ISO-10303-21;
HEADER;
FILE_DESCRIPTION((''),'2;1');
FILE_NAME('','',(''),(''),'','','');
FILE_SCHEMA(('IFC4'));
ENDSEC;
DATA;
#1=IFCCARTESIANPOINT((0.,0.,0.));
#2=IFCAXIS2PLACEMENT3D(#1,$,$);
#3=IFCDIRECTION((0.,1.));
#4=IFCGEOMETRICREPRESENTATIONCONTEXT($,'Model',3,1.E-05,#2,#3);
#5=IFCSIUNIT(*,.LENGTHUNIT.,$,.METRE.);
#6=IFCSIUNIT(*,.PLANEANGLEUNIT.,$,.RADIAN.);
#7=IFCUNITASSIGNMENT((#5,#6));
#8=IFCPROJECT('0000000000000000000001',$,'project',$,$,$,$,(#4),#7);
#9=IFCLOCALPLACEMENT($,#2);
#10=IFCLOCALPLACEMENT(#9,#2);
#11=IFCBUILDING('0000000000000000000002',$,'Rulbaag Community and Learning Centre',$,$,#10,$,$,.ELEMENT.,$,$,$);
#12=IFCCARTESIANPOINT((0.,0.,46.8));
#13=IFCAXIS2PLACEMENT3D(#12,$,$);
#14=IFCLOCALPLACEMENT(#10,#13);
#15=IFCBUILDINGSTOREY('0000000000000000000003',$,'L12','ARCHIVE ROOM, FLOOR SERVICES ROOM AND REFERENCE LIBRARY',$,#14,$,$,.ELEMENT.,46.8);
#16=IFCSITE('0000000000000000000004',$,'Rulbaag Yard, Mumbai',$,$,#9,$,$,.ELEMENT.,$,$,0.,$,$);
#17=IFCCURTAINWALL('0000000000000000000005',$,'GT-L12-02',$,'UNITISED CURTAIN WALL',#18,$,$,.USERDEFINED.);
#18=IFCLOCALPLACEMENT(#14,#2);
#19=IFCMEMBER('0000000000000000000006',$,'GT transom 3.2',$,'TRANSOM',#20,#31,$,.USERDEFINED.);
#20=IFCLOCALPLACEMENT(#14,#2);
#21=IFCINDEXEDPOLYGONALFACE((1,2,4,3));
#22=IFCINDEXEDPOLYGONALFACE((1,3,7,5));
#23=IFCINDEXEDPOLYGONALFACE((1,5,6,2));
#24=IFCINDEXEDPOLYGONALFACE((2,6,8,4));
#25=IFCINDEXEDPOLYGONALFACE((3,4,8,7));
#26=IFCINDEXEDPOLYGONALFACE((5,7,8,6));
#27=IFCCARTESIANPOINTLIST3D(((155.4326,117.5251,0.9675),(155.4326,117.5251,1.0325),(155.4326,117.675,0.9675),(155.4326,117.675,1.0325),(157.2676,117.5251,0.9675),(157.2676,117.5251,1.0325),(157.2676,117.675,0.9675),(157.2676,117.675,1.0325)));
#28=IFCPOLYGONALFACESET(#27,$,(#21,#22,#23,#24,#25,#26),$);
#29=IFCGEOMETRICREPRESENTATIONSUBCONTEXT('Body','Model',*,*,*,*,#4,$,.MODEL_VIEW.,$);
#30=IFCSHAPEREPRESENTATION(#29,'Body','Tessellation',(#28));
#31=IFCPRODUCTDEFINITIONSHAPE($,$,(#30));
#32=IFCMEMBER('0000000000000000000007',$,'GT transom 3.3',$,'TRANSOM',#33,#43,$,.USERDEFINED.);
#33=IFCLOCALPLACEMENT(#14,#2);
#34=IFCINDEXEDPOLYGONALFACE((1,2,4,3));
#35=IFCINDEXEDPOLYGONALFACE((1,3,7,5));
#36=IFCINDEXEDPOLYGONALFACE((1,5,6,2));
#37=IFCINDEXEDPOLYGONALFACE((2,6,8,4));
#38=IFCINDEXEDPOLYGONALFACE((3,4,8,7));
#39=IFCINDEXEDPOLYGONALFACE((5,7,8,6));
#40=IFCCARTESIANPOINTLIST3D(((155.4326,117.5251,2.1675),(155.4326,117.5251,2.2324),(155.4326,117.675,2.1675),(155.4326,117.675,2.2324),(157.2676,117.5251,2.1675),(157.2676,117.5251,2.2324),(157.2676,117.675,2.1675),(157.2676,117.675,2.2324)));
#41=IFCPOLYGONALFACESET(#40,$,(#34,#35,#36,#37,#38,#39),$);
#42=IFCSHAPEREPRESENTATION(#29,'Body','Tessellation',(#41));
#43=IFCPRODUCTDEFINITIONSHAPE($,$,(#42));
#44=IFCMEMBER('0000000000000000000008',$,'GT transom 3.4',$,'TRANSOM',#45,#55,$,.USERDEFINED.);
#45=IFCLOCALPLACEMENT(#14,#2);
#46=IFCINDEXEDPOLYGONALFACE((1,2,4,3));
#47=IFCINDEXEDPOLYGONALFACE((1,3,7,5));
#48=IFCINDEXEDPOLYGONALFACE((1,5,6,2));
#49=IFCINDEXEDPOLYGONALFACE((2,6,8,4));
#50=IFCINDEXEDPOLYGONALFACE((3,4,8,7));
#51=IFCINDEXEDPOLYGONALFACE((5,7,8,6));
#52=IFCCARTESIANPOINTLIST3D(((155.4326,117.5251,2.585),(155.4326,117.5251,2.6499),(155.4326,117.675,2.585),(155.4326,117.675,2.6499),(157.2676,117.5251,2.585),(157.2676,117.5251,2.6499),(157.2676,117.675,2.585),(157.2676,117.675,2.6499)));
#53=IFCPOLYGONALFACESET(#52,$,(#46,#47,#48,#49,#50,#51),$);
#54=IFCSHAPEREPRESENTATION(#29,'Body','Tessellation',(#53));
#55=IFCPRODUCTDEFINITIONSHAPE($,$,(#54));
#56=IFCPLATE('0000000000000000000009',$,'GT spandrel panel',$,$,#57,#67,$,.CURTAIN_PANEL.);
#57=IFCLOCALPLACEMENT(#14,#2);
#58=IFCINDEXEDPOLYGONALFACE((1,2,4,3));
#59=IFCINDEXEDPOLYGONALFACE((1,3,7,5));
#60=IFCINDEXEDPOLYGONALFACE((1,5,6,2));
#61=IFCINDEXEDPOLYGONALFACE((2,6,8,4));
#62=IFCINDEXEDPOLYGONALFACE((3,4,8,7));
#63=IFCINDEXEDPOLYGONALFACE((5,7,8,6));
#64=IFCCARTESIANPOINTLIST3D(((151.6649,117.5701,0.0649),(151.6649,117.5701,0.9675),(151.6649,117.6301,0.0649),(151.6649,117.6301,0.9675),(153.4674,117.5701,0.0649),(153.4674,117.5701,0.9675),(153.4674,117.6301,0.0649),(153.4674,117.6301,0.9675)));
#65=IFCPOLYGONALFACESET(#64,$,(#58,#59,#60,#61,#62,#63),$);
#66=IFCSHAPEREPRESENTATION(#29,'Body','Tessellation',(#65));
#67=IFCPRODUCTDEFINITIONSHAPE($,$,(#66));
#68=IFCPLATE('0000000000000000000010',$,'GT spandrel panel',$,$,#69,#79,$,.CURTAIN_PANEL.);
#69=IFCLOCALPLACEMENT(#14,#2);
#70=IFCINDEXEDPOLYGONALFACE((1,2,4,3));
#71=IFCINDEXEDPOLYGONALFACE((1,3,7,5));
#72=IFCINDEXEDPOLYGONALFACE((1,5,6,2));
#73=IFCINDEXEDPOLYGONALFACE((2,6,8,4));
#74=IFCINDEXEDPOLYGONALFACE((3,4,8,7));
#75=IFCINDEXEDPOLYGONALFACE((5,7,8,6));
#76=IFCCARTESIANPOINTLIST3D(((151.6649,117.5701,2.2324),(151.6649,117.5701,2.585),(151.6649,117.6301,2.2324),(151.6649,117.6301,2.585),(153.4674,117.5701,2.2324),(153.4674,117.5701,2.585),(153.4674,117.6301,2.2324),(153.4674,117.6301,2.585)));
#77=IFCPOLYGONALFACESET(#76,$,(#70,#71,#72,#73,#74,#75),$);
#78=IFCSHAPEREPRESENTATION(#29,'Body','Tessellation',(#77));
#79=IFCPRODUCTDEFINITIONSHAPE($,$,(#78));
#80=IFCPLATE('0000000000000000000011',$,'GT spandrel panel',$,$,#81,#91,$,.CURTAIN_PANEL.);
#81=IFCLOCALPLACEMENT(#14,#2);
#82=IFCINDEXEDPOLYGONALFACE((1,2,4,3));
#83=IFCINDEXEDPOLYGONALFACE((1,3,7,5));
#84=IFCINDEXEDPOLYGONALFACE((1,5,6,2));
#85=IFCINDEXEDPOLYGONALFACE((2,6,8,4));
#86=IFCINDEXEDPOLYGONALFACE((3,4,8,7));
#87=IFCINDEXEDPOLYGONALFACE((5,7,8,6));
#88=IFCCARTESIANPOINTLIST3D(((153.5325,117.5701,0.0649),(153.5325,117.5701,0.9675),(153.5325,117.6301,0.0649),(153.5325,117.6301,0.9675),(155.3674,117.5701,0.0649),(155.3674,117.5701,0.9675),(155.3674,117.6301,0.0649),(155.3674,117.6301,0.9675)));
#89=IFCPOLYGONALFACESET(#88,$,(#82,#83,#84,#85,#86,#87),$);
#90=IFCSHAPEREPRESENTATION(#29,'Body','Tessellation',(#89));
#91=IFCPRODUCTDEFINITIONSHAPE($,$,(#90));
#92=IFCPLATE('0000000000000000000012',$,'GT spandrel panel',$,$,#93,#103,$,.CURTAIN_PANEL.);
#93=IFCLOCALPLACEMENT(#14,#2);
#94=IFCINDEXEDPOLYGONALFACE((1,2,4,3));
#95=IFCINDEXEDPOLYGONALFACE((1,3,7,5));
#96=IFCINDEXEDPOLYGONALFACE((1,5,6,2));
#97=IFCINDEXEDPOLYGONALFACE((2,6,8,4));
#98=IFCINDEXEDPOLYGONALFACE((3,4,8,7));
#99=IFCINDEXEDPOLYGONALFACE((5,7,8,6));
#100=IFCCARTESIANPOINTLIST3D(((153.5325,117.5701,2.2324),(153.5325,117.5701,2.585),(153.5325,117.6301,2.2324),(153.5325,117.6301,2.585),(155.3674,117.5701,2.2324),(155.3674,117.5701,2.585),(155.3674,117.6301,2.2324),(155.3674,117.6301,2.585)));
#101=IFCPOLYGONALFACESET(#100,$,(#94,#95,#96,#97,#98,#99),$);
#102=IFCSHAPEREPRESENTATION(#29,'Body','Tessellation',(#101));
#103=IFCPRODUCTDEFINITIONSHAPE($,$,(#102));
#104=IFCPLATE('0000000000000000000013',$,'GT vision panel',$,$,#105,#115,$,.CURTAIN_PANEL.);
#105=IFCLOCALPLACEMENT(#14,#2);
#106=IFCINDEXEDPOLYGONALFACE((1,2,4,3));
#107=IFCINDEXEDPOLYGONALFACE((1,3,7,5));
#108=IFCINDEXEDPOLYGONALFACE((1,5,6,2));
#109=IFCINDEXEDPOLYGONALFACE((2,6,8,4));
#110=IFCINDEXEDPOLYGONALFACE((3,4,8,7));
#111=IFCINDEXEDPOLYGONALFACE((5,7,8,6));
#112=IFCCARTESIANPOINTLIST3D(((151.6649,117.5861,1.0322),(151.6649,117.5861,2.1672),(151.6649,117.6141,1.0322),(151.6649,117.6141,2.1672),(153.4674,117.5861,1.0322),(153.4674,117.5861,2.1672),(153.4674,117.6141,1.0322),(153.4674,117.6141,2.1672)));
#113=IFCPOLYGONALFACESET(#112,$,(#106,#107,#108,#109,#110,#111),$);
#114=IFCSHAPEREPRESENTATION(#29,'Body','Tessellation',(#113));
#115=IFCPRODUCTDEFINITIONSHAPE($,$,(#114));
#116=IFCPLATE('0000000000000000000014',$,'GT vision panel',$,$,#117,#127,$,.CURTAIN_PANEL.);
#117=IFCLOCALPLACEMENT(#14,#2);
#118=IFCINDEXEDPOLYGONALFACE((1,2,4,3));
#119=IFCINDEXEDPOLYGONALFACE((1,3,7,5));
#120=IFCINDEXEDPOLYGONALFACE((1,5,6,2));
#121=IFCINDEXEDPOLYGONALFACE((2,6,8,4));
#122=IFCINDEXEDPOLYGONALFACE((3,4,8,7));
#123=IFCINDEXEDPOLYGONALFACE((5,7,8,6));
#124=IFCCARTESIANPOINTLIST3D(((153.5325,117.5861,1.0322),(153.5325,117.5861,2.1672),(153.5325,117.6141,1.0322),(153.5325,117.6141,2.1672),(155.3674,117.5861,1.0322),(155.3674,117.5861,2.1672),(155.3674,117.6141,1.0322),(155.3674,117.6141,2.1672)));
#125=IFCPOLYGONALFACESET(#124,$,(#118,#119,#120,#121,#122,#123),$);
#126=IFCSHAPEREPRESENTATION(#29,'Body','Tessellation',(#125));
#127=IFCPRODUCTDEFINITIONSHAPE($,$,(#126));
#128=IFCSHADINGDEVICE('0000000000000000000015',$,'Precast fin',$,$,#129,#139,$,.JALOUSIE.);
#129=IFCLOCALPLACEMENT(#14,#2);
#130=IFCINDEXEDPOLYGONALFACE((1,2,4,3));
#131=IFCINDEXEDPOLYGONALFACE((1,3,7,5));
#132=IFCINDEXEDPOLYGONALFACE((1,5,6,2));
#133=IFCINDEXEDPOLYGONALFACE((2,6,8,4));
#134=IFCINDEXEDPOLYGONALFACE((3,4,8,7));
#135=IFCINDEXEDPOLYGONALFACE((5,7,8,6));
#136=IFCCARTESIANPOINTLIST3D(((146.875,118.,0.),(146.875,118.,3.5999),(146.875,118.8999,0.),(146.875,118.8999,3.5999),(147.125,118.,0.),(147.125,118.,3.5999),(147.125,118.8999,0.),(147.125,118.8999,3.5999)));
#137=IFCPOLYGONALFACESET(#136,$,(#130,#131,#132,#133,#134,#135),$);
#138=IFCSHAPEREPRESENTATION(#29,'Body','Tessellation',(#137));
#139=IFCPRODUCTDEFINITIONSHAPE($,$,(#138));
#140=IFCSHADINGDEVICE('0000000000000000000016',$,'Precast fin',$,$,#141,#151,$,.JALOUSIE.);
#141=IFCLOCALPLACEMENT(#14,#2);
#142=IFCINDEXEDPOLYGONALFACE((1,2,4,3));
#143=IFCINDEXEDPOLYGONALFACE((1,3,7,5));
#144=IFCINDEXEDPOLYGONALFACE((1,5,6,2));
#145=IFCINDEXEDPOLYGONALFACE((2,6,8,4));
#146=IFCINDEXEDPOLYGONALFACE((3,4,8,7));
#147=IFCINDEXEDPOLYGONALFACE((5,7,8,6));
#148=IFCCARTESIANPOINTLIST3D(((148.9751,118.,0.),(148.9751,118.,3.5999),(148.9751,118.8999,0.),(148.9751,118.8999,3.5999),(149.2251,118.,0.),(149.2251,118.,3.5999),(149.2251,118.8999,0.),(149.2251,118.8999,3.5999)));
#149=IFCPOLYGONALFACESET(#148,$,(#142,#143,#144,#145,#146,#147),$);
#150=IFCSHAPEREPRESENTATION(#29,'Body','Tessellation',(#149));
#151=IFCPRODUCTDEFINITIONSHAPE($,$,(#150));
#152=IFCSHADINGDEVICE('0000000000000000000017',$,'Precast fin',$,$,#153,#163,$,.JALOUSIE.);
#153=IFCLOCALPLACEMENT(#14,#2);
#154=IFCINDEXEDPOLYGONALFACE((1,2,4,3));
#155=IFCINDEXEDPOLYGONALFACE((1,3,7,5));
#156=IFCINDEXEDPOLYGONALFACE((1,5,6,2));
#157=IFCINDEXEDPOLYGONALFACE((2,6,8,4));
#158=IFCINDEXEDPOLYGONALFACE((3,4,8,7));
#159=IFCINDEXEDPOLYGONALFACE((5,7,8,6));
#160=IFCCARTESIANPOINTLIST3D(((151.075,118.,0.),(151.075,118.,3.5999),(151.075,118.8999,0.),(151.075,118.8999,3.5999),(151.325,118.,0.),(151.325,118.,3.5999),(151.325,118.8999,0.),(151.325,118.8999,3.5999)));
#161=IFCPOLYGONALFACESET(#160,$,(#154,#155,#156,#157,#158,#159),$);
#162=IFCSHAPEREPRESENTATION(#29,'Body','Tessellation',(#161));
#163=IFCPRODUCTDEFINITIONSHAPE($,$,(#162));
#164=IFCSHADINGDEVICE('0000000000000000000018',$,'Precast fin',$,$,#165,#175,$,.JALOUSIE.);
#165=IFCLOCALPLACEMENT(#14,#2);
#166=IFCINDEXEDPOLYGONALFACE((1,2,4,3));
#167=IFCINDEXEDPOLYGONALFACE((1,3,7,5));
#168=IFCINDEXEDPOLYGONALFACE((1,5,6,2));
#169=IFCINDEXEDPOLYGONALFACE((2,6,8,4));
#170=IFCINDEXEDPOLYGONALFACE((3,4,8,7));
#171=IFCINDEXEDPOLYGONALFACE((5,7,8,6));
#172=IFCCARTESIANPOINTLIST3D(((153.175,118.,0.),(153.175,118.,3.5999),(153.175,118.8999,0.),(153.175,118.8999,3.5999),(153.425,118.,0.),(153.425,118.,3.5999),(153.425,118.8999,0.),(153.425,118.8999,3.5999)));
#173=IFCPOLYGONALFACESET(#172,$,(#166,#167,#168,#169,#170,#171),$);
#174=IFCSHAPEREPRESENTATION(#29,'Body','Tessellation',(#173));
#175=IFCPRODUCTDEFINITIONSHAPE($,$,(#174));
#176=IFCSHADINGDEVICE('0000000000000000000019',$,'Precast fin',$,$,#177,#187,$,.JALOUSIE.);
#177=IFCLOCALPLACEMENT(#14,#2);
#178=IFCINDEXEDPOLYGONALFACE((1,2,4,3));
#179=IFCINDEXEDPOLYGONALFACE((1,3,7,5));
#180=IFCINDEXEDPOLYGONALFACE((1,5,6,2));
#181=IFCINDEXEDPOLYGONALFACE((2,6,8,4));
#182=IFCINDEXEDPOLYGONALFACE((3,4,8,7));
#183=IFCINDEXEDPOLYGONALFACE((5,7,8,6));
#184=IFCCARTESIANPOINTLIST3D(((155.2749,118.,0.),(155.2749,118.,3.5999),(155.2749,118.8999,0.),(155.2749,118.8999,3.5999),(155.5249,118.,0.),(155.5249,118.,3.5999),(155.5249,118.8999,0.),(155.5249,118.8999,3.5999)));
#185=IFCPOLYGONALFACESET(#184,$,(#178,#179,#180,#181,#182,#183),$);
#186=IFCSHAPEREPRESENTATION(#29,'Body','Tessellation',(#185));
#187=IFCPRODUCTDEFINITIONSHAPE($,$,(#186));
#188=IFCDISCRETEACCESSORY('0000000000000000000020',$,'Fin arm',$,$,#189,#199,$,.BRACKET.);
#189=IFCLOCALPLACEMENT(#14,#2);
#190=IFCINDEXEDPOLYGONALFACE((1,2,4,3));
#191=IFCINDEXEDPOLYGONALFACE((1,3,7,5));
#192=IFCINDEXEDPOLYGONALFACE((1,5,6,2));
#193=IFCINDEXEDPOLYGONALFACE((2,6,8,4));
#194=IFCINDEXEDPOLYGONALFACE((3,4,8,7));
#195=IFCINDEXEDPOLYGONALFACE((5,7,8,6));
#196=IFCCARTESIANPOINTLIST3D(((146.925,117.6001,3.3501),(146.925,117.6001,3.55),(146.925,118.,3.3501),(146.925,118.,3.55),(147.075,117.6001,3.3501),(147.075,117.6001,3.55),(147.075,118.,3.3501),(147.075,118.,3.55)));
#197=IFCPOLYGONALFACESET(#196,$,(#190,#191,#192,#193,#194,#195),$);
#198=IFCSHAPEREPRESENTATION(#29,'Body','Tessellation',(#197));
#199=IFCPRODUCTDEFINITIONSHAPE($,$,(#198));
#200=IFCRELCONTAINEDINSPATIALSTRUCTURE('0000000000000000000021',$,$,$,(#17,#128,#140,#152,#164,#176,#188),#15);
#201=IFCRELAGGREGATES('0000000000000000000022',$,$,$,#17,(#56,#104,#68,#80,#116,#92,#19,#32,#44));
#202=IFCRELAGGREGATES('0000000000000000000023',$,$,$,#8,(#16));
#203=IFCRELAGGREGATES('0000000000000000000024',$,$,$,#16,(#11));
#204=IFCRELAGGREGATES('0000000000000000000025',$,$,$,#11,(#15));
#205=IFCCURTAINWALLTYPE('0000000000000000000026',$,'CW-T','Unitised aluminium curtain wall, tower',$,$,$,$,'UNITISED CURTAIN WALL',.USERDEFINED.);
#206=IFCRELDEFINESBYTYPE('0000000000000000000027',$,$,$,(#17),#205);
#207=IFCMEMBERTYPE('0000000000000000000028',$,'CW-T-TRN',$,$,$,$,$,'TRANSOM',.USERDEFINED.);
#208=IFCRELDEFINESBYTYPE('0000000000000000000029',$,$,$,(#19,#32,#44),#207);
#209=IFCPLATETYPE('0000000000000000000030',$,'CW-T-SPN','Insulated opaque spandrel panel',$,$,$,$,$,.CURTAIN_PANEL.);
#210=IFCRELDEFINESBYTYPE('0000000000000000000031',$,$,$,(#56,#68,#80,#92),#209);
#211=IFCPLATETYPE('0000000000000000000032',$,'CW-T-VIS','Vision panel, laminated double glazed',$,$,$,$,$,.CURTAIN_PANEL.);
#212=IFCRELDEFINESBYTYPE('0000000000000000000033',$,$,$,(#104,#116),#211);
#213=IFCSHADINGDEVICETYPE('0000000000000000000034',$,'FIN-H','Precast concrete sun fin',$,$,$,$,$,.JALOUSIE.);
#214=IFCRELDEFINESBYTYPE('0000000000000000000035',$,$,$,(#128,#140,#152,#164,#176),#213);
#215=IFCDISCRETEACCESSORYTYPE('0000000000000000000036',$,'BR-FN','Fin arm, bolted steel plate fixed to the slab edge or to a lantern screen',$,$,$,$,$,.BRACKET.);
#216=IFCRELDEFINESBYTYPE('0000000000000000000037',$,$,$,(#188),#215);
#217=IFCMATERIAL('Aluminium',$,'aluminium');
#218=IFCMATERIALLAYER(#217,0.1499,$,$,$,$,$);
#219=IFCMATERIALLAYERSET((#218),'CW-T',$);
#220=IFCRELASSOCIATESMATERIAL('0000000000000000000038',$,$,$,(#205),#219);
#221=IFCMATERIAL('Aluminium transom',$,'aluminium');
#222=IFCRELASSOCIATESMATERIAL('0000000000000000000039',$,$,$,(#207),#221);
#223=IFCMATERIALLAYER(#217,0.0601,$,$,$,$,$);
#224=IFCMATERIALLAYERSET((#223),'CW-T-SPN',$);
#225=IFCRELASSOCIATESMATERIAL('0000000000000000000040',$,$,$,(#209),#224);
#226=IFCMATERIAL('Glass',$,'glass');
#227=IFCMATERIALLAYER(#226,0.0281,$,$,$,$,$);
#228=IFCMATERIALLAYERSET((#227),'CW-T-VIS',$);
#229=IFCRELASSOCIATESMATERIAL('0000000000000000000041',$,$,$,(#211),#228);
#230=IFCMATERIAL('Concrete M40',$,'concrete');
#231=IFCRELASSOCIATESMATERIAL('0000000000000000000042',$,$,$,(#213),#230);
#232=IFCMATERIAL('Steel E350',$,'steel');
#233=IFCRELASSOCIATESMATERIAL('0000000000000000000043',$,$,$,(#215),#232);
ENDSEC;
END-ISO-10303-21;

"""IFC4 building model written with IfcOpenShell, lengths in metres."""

from ifc_helpers import new_model, si_unit, direction, frame, origin, origin_2d, place, context, subcontext, project, spatial, rectangle, extrude, material, layer, layer_set, material_profile, profile_set, type_object, element, aggregate, save


model = new_model("IFC4")

# Units and contexts
model_context = context("Model", 3, precision=1e-05, world=origin(), true_north=direction((0.0, 1.0)))
body_context = subcontext(model_context, "Body", "Model", "MODEL_VIEW")
ifc_project = project(units=[si_unit("LENGTHUNIT", "METRE"), si_unit("PLANEANGLEUNIT", "RADIAN")], contexts=[model_context])

# Site, building, storey
site_placement = place(None, origin())
site = spatial("IfcSite", under=ifc_project, at=site_placement, Name="Rulbaag Yard, Mumbai", CompositionType="ELEMENT", RefElevation=0.0)
building_placement = place(site_placement, origin())
building = spatial("IfcBuilding", under=site, at=building_placement, Name="Rulbaag Community and Learning Centre", CompositionType="ELEMENT")
storey_placement = place(building_placement, frame((0.0, 0.0, 46.8)))
storey = spatial("IfcBuildingStorey", under=building, at=storey_placement, Name="L12", Description="ARCHIVE ROOM, FLOOR SERVICES ROOM AND REFERENCE LIBRARY", CompositionType="ELEMENT", Elevation=46.8)

# Shared definitions
ifc_material_1 = material(Name="Concrete M40", Category="concrete")

# Curtain wall, members, plates
ifc_material_2 = material(Name="Aluminium", Category="aluminium")
ifc_layer_1 = layer(ifc_material_2, 0.1499)
ifc_layer_set_1 = layer_set([ifc_layer_1], Name="CW-T")
curtain_wall_type = type_object("IfcCurtainWallType", Name="CW-T", Description="Unitised aluminium curtain wall, tower", ElementType="UNITISED CURTAIN WALL", PredefinedType="USERDEFINED", material=ifc_layer_set_1)
curtain_wall_placement = place(storey_placement, origin())
curtain_wall = element("IfcCurtainWall", 1, at=curtain_wall_placement, inside=storey, type_object=curtain_wall_type, Name="GT-L12-02", ObjectType="UNITISED CURTAIN WALL", PredefinedType="USERDEFINED")
ifc_material_3 = material(Name="Aluminium transom", Category="aluminium")
ifc_material_profile_1 = material_profile(ifc_material_3, rectangle(XDim=0.1499, YDim=0.0649, at=origin_2d()), Name="AL 65x150 T")
ifc_profile_set_1 = profile_set([ifc_material_profile_1], Name="Aluminium transom")
member_type_1 = type_object("IfcMemberType", Name="CW-T-TRN", ElementType="TRANSOM", PredefinedType="USERDEFINED", material=ifc_profile_set_1)
member_1_placement = place(storey_placement, frame((155.4326, 117.6001, 1.0), z_axis=(1.0, 0.0, 0.0), x_axis=(0.0, 1.0, 0.0)))
member_1 = element("IfcMember", 2, at=member_1_placement, type_object=member_type_1, Name="GT transom 3.2", ObjectType="TRANSOM", PredefinedType="USERDEFINED", context=body_context, shape_type="SweptSolid", body=[
    extrude(rectangle(XDim=0.1499, YDim=0.0649, at=origin_2d()), origin(), (0.0, 0.0, 1.0), 1.835),
])
member_2_placement = place(storey_placement, frame((155.4326, 117.6001, 2.2), z_axis=(1.0, 0.0, 0.0), x_axis=(0.0, 1.0, 0.0)))
member_2 = element("IfcMember", 3, at=member_2_placement, type_object=member_type_1, Name="GT transom 3.3", ObjectType="TRANSOM", PredefinedType="USERDEFINED", context=body_context, shape_type="SweptSolid", body=[
    extrude(rectangle(XDim=0.1499, YDim=0.0649, at=origin_2d()), origin(), (0.0, 0.0, 1.0), 1.835),
])
member_3_placement = place(storey_placement, frame((155.4326, 117.6001, 2.6174), z_axis=(1.0, 0.0, 0.0), x_axis=(0.0, 1.0, 0.0)))
member_3 = element("IfcMember", 4, at=member_3_placement, type_object=member_type_1, Name="GT transom 3.4", ObjectType="TRANSOM", PredefinedType="USERDEFINED", context=body_context, shape_type="SweptSolid", body=[
    extrude(rectangle(XDim=0.1499, YDim=0.0649, at=origin_2d()), origin(), (0.0, 0.0, 1.0), 1.835),
])
ifc_layer_2 = layer(ifc_material_2, 0.0601)
ifc_layer_set_2 = layer_set([ifc_layer_2], Name="CW-T-SPN")
plate_type_1 = type_object("IfcPlateType", Name="CW-T-SPN", Description="Insulated opaque spandrel panel", PredefinedType="CURTAIN_PANEL", material=ifc_layer_set_2)
plate_1_placement = place(storey_placement, frame((152.5662, 117.6001, 0.0649), z_axis=(0.0, 0.0, 1.0), x_axis=(1.0, 0.0, 0.0)))
plate_1 = element("IfcPlate", 5, at=plate_1_placement, type_object=plate_type_1, Name="GT spandrel panel", PredefinedType="CURTAIN_PANEL", context=body_context, shape_type="SweptSolid", body=[
    extrude(rectangle(XDim=1.8025, YDim=0.0601, at=origin_2d()), origin(), (0.0, 0.0, 1.0), 0.9026),
])
plate_2_placement = place(storey_placement, frame((152.5662, 117.6001, 2.2324), z_axis=(0.0, 0.0, 1.0), x_axis=(1.0, 0.0, 0.0)))
plate_2 = element("IfcPlate", 6, at=plate_2_placement, type_object=plate_type_1, Name="GT spandrel panel", PredefinedType="CURTAIN_PANEL", context=body_context, shape_type="SweptSolid", body=[
    extrude(rectangle(XDim=1.8025, YDim=0.0601, at=origin_2d()), origin(), (0.0, 0.0, 1.0), 0.3525),
])
plate_3_placement = place(storey_placement, frame((154.45, 117.6001, 0.0649), z_axis=(0.0, 0.0, 1.0), x_axis=(1.0, 0.0, 0.0)))
plate_3 = element("IfcPlate", 7, at=plate_3_placement, type_object=plate_type_1, Name="GT spandrel panel", PredefinedType="CURTAIN_PANEL", context=body_context, shape_type="SweptSolid", body=[
    extrude(rectangle(XDim=1.835, YDim=0.0601, at=origin_2d()), origin(), (0.0, 0.0, 1.0), 0.9026),
])
plate_4_placement = place(storey_placement, frame((154.45, 117.6001, 2.2324), z_axis=(0.0, 0.0, 1.0), x_axis=(1.0, 0.0, 0.0)))
plate_4 = element("IfcPlate", 8, at=plate_4_placement, type_object=plate_type_1, Name="GT spandrel panel", PredefinedType="CURTAIN_PANEL", context=body_context, shape_type="SweptSolid", body=[
    extrude(rectangle(XDim=1.835, YDim=0.0601, at=origin_2d()), origin(), (0.0, 0.0, 1.0), 0.3525),
])
ifc_material_4 = material(Name="Glass", Category="glass")
ifc_layer_3 = layer(ifc_material_4, 0.0281)
ifc_layer_set_3 = layer_set([ifc_layer_3], Name="CW-T-VIS")
plate_type_2 = type_object("IfcPlateType", Name="CW-T-VIS", Description="Vision panel, laminated double glazed", PredefinedType="CURTAIN_PANEL", material=ifc_layer_set_3)
plate_5_placement = place(storey_placement, frame((152.5662, 117.6001, 1.0322), z_axis=(0.0, 0.0, 1.0), x_axis=(1.0, 0.0, 0.0)))
plate_5 = element("IfcPlate", 9, at=plate_5_placement, type_object=plate_type_2, Name="GT vision panel", PredefinedType="CURTAIN_PANEL", context=body_context, shape_type="SweptSolid", body=[
    extrude(rectangle(XDim=1.8025, YDim=0.0281, at=origin_2d()), origin(), (0.0, 0.0, 1.0), 1.135),
])
plate_6_placement = place(storey_placement, frame((154.45, 117.6001, 1.0322), z_axis=(0.0, 0.0, 1.0), x_axis=(1.0, 0.0, 0.0)))
plate_6 = element("IfcPlate", 10, at=plate_6_placement, type_object=plate_type_2, Name="GT vision panel", PredefinedType="CURTAIN_PANEL", context=body_context, shape_type="SweptSolid", body=[
    extrude(rectangle(XDim=1.835, YDim=0.0281, at=origin_2d()), origin(), (0.0, 0.0, 1.0), 1.135),
])
aggregate(curtain_wall, [plate_1, plate_5, plate_2, plate_3, plate_6, plate_4, member_1, member_2, member_3])

# Shading devices
ifc_material_profile_2 = material_profile(ifc_material_1, rectangle(XDim=0.25, YDim=0.8999, at=origin_2d()), Name="PC 250x900")
ifc_profile_set_2 = profile_set([ifc_material_profile_2], Name="Concrete M40")
shading_device_type = type_object("IfcShadingDeviceType", Name="FIN-H", Description="Precast concrete sun fin", PredefinedType="JALOUSIE", material=ifc_profile_set_2)
for number, where, z_axis, x_axis, name in (
    (11, (147.0, 118.45, 0.0), (0.0, 0.0, 1.0), (1.0, 0.0, 0.0), "Precast fin"),
    (12, (149.1001, 118.45, 0.0), (0.0, 0.0, 1.0), (1.0, 0.0, 0.0), "Precast fin"),
    (13, (151.2, 118.45, 0.0), (0.0, 0.0, 1.0), (1.0, 0.0, 0.0), "Precast fin"),
    (14, (153.3, 118.45, 0.0), (0.0, 0.0, 1.0), (1.0, 0.0, 0.0), "Precast fin"),
    (15, (155.3999, 118.45, 0.0), (0.0, 0.0, 1.0), (1.0, 0.0, 0.0), "Precast fin"),
):
    element("IfcShadingDevice", number, at=place(storey_placement, frame(where, z_axis=z_axis, x_axis=x_axis)), inside=storey, type_object=shading_device_type, Name=name, PredefinedType="JALOUSIE", context=body_context, shape_type="SweptSolid", body=[
        extrude(rectangle(XDim=0.25, YDim=0.8999, at=origin_2d()), origin(), (0.0, 0.0, 1.0), 3.5999),
    ])

# Discrete accessory
ifc_material_5 = material(Name="Steel E350", Category="steel")
discrete_accessory_type = type_object("IfcDiscreteAccessoryType", Name="BR-FN", Description="Fin arm, bolted steel plate fixed to the slab edge or to a lantern screen", PredefinedType="BRACKET", material=ifc_material_5)
for number, where, z_axis, x_axis, name in (
    (16, (147.0, 117.8, 3.3501), (0.0, 0.0, 1.0), (1.0, 0.0, 0.0), "Fin arm"),
):
    element("IfcDiscreteAccessory", number, at=place(storey_placement, frame(where, z_axis=z_axis, x_axis=x_axis)), inside=storey, type_object=discrete_accessory_type, Name=name, PredefinedType="BRACKET", context=body_context, shape_type="SweptSolid", body=[
        extrude(rectangle(XDim=0.1499, YDim=0.3999, at=origin_2d()), origin(), (0.0, 0.0, 1.0), 0.2),
    ])

save(model, "model.ifc")
